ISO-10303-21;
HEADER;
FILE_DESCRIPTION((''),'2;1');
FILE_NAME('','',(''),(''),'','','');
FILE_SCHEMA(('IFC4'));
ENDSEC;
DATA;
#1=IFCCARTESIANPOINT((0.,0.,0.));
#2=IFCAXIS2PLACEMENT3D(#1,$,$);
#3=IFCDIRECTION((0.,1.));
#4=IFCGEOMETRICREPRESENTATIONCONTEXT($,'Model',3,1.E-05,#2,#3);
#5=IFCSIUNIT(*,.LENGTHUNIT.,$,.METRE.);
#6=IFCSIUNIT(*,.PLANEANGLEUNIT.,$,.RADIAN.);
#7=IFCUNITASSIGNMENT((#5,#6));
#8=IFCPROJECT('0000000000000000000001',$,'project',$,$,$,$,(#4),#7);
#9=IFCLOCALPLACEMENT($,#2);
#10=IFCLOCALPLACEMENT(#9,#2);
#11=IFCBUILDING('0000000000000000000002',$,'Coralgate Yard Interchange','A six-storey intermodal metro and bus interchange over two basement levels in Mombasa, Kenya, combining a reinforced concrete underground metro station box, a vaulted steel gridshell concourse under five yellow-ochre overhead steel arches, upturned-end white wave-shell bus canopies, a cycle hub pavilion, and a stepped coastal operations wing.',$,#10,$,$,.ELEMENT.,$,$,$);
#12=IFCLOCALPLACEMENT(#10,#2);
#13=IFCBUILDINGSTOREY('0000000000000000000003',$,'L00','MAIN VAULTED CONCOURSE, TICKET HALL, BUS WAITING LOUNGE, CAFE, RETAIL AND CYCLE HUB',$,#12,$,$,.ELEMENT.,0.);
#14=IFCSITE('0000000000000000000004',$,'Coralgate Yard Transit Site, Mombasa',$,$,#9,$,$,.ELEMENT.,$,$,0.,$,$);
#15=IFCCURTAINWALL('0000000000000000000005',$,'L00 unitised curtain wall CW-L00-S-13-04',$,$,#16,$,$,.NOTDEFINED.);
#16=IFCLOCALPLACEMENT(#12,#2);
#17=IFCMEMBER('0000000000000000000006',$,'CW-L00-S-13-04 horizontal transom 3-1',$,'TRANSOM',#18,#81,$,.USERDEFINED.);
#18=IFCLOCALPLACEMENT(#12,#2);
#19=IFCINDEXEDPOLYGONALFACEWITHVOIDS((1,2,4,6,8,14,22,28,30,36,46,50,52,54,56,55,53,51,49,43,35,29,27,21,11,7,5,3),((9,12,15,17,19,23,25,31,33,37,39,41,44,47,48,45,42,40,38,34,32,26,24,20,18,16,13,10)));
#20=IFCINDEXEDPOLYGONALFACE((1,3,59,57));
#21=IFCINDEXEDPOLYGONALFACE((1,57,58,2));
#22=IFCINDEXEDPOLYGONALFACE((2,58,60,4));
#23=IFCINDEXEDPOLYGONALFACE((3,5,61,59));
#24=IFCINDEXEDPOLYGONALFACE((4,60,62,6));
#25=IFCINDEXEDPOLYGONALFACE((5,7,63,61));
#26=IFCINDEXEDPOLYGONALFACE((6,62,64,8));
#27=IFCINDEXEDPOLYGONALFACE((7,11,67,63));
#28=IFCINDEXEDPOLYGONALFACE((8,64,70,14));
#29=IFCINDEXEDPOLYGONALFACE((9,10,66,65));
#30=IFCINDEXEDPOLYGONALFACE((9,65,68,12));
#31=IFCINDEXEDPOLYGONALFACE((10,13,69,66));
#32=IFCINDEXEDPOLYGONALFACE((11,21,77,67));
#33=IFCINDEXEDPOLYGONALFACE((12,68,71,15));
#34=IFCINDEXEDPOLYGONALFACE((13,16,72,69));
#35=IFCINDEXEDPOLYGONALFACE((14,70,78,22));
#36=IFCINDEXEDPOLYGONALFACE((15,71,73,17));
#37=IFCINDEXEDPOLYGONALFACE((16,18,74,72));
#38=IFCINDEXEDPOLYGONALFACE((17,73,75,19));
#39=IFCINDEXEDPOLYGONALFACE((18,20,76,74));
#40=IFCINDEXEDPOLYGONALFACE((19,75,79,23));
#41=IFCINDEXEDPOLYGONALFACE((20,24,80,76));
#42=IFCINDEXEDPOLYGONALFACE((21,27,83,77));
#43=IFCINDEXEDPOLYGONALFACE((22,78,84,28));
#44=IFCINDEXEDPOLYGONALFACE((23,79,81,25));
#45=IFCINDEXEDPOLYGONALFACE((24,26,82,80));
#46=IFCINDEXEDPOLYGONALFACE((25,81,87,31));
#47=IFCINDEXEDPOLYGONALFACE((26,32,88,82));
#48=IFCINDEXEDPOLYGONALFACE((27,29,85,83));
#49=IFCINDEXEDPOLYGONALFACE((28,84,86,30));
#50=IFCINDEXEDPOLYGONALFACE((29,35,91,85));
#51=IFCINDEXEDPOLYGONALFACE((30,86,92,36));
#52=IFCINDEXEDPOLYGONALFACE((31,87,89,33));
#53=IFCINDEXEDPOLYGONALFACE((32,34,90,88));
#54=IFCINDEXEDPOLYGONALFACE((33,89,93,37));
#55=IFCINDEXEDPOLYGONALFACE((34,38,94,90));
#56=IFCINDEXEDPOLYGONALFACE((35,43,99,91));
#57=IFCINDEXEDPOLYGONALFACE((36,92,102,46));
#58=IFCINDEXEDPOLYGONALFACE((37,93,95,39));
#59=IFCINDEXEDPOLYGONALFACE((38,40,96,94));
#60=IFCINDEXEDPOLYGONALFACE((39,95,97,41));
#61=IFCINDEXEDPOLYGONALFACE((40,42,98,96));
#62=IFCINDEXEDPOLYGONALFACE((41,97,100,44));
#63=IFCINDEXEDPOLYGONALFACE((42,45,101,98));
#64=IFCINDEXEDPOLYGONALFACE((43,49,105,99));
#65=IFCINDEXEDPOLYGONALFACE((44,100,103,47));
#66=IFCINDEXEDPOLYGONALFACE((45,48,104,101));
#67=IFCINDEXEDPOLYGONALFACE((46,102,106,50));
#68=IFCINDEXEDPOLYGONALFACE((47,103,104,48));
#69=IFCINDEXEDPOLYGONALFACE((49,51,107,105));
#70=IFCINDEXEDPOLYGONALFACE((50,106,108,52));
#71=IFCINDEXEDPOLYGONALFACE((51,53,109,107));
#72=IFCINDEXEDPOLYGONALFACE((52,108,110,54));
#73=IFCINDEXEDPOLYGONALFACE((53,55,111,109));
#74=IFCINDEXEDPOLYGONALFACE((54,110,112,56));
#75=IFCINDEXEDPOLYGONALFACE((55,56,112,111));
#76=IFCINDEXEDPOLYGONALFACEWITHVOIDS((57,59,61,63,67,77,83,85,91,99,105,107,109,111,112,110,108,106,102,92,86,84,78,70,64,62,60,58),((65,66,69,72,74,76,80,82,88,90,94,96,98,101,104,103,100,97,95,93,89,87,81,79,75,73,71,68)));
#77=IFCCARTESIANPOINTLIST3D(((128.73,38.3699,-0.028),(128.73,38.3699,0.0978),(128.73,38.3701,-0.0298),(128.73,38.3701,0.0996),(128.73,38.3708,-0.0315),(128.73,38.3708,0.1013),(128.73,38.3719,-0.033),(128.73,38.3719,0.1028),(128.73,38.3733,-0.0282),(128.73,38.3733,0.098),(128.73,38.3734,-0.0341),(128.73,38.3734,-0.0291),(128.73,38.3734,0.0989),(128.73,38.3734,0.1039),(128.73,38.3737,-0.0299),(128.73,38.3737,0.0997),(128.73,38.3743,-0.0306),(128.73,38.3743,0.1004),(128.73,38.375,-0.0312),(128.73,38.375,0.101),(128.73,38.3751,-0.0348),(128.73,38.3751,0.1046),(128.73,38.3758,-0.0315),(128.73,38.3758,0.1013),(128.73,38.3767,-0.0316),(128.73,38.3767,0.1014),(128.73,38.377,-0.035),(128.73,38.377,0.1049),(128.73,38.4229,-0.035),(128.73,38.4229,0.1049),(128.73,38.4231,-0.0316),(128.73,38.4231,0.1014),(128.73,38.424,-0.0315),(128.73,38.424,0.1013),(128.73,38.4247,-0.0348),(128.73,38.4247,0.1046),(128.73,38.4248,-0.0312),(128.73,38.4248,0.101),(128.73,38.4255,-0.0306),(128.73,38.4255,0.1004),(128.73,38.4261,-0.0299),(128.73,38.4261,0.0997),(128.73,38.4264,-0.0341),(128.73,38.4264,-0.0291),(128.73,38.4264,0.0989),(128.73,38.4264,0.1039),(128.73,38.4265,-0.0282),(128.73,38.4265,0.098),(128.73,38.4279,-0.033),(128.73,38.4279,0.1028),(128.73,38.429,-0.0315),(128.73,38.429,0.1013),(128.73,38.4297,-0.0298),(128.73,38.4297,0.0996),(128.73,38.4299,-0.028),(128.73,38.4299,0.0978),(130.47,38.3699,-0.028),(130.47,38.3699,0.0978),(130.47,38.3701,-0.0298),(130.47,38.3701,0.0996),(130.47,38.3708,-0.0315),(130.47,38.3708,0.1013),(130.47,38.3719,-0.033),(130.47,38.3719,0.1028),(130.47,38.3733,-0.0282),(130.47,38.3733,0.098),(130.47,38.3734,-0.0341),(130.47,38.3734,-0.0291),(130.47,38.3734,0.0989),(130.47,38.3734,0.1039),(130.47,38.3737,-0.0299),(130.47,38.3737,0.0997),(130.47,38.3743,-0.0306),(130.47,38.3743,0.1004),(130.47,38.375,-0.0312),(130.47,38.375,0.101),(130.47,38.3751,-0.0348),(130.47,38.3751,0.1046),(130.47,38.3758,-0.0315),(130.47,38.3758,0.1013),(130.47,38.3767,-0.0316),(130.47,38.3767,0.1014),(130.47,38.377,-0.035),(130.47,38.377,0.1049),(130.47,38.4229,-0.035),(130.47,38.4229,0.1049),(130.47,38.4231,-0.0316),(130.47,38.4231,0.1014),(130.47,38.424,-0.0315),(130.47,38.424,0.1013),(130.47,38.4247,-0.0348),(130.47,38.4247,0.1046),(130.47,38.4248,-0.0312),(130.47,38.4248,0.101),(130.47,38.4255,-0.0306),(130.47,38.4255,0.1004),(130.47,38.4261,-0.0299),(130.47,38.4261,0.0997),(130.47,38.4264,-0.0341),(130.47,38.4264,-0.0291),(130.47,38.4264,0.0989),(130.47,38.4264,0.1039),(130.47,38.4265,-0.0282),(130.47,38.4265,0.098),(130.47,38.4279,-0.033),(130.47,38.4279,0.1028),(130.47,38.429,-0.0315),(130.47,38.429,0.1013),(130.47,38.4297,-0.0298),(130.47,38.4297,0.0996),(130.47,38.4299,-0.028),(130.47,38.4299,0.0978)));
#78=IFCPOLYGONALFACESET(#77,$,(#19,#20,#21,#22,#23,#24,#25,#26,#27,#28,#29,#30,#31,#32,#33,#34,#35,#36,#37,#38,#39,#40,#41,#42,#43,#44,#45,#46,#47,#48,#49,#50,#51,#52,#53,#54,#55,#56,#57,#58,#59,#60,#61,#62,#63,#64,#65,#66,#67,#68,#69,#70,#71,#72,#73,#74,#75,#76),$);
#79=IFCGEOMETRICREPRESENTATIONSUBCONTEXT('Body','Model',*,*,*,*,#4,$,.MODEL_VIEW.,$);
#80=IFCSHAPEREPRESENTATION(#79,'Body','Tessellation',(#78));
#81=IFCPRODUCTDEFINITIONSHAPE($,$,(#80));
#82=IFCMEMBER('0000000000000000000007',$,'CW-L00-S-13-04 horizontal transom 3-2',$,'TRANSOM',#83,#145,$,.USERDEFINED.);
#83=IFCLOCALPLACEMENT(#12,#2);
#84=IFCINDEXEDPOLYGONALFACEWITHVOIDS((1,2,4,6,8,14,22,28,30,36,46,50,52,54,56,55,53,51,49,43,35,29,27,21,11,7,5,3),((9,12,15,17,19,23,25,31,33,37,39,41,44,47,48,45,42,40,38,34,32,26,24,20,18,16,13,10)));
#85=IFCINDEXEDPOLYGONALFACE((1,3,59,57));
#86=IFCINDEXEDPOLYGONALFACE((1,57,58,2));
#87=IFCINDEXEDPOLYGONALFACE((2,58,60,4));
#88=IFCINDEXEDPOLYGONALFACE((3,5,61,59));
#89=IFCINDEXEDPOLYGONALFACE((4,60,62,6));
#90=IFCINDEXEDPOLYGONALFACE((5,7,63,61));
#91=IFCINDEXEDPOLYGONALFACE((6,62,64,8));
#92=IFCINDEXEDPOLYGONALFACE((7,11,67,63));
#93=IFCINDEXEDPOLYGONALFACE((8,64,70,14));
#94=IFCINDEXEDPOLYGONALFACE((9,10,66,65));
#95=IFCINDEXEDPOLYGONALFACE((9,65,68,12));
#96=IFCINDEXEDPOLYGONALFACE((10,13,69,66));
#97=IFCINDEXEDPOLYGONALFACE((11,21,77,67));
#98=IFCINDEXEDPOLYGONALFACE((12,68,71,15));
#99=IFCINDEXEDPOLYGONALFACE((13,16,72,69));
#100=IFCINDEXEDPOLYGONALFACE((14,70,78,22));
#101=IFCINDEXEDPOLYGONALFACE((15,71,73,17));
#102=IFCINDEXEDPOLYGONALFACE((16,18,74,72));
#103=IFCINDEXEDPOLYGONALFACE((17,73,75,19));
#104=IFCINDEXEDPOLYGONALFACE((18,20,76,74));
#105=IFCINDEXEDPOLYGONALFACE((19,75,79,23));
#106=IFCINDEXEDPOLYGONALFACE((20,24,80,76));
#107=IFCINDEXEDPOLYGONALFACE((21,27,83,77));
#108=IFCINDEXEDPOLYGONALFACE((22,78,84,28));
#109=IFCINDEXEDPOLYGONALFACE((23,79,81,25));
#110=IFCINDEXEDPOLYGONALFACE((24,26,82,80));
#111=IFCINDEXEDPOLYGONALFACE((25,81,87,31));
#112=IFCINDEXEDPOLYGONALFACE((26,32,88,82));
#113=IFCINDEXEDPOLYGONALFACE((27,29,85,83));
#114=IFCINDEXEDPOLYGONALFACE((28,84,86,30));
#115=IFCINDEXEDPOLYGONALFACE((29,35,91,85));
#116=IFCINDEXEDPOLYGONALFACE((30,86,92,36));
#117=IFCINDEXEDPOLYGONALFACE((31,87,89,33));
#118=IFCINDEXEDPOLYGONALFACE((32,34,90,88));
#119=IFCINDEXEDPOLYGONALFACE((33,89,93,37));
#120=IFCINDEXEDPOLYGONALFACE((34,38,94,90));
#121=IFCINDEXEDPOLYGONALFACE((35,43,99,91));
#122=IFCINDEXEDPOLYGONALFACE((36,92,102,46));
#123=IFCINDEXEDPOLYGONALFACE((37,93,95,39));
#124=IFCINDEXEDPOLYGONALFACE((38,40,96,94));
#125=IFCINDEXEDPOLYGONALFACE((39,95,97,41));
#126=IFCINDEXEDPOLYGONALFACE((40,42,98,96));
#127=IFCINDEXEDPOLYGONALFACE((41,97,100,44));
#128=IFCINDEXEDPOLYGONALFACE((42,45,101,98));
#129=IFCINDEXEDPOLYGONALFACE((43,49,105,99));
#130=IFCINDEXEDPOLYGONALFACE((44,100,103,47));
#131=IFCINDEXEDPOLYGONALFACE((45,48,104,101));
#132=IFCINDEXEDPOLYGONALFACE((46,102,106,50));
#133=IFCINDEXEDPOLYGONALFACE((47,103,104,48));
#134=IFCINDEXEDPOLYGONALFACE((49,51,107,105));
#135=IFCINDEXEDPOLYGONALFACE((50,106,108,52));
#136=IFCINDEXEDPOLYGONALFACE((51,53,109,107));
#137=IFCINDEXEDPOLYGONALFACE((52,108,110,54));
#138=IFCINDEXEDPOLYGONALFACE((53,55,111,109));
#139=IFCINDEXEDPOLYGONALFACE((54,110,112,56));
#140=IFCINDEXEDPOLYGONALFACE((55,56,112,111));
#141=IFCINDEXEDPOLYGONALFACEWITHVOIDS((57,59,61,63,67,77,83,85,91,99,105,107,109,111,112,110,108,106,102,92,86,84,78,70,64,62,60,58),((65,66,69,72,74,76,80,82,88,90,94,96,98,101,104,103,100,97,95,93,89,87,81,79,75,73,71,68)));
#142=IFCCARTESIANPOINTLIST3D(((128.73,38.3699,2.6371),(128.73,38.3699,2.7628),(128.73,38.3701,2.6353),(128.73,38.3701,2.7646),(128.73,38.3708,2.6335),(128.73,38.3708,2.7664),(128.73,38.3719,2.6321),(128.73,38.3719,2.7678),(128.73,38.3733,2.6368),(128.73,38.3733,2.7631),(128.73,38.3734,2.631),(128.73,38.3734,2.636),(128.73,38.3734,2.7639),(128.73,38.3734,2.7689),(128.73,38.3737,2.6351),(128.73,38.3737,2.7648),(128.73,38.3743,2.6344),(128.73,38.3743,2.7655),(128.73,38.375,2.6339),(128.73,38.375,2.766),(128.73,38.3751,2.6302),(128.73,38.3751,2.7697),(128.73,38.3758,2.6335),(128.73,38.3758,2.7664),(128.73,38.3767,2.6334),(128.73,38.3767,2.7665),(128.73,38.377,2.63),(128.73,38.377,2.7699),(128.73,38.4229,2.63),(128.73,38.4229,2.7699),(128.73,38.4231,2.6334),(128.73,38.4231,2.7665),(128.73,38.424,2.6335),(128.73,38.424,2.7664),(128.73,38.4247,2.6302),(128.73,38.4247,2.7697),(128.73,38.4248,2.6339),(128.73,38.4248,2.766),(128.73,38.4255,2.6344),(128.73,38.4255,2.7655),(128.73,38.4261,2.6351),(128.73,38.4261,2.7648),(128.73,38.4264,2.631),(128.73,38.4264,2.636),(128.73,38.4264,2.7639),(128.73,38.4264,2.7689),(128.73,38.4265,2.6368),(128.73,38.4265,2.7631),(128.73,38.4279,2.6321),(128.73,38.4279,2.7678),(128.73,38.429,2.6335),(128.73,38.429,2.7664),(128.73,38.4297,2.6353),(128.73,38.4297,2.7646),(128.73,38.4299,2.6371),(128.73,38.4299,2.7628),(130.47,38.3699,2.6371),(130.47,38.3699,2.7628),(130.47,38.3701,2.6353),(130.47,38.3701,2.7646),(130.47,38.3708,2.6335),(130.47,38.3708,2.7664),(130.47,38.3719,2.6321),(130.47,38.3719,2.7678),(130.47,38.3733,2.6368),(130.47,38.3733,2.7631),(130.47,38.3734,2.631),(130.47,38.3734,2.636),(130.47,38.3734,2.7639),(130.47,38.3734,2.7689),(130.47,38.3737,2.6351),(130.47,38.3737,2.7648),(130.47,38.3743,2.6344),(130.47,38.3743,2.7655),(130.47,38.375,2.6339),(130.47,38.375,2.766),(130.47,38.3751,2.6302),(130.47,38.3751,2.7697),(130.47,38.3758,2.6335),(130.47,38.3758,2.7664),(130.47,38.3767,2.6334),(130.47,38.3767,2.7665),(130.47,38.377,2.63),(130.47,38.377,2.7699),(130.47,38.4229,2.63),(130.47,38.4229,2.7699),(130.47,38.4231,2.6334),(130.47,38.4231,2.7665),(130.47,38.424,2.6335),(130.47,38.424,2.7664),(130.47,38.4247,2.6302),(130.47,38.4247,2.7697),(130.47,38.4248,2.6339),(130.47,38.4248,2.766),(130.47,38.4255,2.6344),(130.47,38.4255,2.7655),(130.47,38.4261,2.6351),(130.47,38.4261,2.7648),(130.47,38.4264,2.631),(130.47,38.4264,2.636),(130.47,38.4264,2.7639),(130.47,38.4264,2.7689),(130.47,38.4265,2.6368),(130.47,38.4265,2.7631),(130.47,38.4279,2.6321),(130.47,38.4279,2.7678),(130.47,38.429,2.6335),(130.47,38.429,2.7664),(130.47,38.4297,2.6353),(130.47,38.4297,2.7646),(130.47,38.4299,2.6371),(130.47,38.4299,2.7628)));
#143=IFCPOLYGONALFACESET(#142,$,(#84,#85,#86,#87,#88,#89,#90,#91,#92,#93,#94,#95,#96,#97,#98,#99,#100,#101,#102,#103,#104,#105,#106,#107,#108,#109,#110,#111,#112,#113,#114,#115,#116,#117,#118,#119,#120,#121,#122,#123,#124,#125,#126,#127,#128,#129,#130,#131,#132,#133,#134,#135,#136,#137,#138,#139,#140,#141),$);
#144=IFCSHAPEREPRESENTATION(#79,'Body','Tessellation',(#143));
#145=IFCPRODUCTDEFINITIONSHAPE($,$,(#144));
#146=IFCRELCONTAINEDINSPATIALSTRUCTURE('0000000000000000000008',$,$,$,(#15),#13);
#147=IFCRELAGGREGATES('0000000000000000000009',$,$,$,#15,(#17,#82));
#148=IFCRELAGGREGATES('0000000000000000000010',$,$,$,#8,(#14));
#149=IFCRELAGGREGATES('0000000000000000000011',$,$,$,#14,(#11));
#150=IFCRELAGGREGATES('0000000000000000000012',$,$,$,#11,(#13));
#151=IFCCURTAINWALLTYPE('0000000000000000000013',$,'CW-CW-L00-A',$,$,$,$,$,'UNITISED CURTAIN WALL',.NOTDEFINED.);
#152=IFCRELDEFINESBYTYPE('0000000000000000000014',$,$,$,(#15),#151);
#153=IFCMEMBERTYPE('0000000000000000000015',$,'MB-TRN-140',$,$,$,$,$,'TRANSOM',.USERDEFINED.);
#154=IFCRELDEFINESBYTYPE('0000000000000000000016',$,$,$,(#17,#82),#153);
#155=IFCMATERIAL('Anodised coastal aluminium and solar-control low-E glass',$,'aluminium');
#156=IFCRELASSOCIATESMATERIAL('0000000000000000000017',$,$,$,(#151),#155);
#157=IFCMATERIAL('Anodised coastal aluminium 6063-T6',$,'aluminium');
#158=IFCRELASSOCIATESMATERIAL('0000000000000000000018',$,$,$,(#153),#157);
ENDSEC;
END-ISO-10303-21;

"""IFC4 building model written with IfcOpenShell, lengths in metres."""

from ifc_helpers import new_model, si_unit, direction, frame, origin, origin_2d, place, context, subcontext, project, spatial, hollow_rectangle, extrude, material, material_profile, profile_set, type_object, element, aggregate, save


model = new_model("IFC4")

# Units and contexts
model_context = context("Model", 3, precision=1e-05, world=origin(), true_north=direction((0.0, 1.0)))
body_context = subcontext(model_context, "Body", "Model", "MODEL_VIEW")
ifc_project = project(units=[si_unit("LENGTHUNIT", "METRE"), si_unit("PLANEANGLEUNIT", "RADIAN")], contexts=[model_context])

# Site, building, storey
site_placement = place(None, origin())
site = spatial("IfcSite", under=ifc_project, at=site_placement, Name="Coralgate Yard Transit Site, Mombasa", CompositionType="ELEMENT", RefElevation=0.0)
building_placement = place(site_placement, origin())
building = spatial("IfcBuilding", under=site, at=building_placement, Name="Coralgate Yard Interchange", Description="A six-storey intermodal metro and bus interchange over two basement levels in Mombasa, Kenya, combining a reinforced concrete underground metro station box, a vaulted steel gridshell concourse under five yellow-ochre overhead steel arches, upturned-end white wave-shell bus canopies, a cycle hub pavilion, and a stepped coastal operations wing.", CompositionType="ELEMENT")
storey_placement = place(building_placement, origin())
storey = spatial("IfcBuildingStorey", under=building, at=storey_placement, Name="L00", Description="MAIN VAULTED CONCOURSE, TICKET HALL, BUS WAITING LOUNGE, CAFE, RETAIL AND CYCLE HUB", CompositionType="ELEMENT", Elevation=0.0)

# Curtain wall, members
ifc_material_1 = material(Name="Anodised coastal aluminium and solar-control low-E glass", Category="aluminium")
curtain_wall_type = type_object("IfcCurtainWallType", Name="CW-CW-L00-A", ElementType="UNITISED CURTAIN WALL", PredefinedType="NOTDEFINED", material=ifc_material_1)
curtain_wall_placement = place(storey_placement, origin())
curtain_wall = element("IfcCurtainWall", 1, at=curtain_wall_placement, inside=storey, type_object=curtain_wall_type, Name="L00 unitised curtain wall CW-L00-S-13-04", PredefinedType="NOTDEFINED")
ifc_material_2 = material(Name="Anodised coastal aluminium 6063-T6", Category="aluminium")
ifc_material_profile_1 = material_profile(ifc_material_2, hollow_rectangle(XDim=0.0601, YDim=0.1399, WallThickness=0.0034, InnerFilletRadius=0.0034, OuterFilletRadius=0.0071, at=origin_2d()), Name="ALU 60x140x3.5")
ifc_profile_set_1 = profile_set([ifc_material_profile_1], Name="Anodised coastal aluminium 6063-T6")
member_type_1 = type_object("IfcMemberType", Name="MB-TRN-140", ElementType="TRANSOM", PredefinedType="USERDEFINED", material=ifc_profile_set_1)
member_1_placement = place(storey_placement, frame((130.47, 38.3999, 0.0349), z_axis=(-1.0, 0.0, 0.0), x_axis=(0.0, -1.0, 0.0)))
member_1 = element("IfcMember", 2, at=member_1_placement, type_object=member_type_1, Name="CW-L00-S-13-04 horizontal transom 3-1", ObjectType="TRANSOM", PredefinedType="USERDEFINED", context=body_context, shape_type="SweptSolid", body=[
    extrude(hollow_rectangle(XDim=0.0601, YDim=0.1399, WallThickness=0.0034, InnerFilletRadius=0.0034, OuterFilletRadius=0.0071, at=origin_2d()), origin(), (0.0, 0.0, 1.0), 1.74),
])
member_2_placement = place(storey_placement, frame((130.47, 38.3999, 2.7), z_axis=(-1.0, 0.0, 0.0), x_axis=(0.0, -1.0, 0.0)))
member_2 = element("IfcMember", 3, at=member_2_placement, type_object=member_type_1, Name="CW-L00-S-13-04 horizontal transom 3-2", ObjectType="TRANSOM", PredefinedType="USERDEFINED", context=body_context, shape_type="SweptSolid", body=[
    extrude(hollow_rectangle(XDim=0.0601, YDim=0.1399, WallThickness=0.0034, InnerFilletRadius=0.0034, OuterFilletRadius=0.0071, at=origin_2d()), origin(), (0.0, 0.0, 1.0), 1.74),
])
aggregate(curtain_wall, [member_1, member_2])

save(model, "model.ifc")
